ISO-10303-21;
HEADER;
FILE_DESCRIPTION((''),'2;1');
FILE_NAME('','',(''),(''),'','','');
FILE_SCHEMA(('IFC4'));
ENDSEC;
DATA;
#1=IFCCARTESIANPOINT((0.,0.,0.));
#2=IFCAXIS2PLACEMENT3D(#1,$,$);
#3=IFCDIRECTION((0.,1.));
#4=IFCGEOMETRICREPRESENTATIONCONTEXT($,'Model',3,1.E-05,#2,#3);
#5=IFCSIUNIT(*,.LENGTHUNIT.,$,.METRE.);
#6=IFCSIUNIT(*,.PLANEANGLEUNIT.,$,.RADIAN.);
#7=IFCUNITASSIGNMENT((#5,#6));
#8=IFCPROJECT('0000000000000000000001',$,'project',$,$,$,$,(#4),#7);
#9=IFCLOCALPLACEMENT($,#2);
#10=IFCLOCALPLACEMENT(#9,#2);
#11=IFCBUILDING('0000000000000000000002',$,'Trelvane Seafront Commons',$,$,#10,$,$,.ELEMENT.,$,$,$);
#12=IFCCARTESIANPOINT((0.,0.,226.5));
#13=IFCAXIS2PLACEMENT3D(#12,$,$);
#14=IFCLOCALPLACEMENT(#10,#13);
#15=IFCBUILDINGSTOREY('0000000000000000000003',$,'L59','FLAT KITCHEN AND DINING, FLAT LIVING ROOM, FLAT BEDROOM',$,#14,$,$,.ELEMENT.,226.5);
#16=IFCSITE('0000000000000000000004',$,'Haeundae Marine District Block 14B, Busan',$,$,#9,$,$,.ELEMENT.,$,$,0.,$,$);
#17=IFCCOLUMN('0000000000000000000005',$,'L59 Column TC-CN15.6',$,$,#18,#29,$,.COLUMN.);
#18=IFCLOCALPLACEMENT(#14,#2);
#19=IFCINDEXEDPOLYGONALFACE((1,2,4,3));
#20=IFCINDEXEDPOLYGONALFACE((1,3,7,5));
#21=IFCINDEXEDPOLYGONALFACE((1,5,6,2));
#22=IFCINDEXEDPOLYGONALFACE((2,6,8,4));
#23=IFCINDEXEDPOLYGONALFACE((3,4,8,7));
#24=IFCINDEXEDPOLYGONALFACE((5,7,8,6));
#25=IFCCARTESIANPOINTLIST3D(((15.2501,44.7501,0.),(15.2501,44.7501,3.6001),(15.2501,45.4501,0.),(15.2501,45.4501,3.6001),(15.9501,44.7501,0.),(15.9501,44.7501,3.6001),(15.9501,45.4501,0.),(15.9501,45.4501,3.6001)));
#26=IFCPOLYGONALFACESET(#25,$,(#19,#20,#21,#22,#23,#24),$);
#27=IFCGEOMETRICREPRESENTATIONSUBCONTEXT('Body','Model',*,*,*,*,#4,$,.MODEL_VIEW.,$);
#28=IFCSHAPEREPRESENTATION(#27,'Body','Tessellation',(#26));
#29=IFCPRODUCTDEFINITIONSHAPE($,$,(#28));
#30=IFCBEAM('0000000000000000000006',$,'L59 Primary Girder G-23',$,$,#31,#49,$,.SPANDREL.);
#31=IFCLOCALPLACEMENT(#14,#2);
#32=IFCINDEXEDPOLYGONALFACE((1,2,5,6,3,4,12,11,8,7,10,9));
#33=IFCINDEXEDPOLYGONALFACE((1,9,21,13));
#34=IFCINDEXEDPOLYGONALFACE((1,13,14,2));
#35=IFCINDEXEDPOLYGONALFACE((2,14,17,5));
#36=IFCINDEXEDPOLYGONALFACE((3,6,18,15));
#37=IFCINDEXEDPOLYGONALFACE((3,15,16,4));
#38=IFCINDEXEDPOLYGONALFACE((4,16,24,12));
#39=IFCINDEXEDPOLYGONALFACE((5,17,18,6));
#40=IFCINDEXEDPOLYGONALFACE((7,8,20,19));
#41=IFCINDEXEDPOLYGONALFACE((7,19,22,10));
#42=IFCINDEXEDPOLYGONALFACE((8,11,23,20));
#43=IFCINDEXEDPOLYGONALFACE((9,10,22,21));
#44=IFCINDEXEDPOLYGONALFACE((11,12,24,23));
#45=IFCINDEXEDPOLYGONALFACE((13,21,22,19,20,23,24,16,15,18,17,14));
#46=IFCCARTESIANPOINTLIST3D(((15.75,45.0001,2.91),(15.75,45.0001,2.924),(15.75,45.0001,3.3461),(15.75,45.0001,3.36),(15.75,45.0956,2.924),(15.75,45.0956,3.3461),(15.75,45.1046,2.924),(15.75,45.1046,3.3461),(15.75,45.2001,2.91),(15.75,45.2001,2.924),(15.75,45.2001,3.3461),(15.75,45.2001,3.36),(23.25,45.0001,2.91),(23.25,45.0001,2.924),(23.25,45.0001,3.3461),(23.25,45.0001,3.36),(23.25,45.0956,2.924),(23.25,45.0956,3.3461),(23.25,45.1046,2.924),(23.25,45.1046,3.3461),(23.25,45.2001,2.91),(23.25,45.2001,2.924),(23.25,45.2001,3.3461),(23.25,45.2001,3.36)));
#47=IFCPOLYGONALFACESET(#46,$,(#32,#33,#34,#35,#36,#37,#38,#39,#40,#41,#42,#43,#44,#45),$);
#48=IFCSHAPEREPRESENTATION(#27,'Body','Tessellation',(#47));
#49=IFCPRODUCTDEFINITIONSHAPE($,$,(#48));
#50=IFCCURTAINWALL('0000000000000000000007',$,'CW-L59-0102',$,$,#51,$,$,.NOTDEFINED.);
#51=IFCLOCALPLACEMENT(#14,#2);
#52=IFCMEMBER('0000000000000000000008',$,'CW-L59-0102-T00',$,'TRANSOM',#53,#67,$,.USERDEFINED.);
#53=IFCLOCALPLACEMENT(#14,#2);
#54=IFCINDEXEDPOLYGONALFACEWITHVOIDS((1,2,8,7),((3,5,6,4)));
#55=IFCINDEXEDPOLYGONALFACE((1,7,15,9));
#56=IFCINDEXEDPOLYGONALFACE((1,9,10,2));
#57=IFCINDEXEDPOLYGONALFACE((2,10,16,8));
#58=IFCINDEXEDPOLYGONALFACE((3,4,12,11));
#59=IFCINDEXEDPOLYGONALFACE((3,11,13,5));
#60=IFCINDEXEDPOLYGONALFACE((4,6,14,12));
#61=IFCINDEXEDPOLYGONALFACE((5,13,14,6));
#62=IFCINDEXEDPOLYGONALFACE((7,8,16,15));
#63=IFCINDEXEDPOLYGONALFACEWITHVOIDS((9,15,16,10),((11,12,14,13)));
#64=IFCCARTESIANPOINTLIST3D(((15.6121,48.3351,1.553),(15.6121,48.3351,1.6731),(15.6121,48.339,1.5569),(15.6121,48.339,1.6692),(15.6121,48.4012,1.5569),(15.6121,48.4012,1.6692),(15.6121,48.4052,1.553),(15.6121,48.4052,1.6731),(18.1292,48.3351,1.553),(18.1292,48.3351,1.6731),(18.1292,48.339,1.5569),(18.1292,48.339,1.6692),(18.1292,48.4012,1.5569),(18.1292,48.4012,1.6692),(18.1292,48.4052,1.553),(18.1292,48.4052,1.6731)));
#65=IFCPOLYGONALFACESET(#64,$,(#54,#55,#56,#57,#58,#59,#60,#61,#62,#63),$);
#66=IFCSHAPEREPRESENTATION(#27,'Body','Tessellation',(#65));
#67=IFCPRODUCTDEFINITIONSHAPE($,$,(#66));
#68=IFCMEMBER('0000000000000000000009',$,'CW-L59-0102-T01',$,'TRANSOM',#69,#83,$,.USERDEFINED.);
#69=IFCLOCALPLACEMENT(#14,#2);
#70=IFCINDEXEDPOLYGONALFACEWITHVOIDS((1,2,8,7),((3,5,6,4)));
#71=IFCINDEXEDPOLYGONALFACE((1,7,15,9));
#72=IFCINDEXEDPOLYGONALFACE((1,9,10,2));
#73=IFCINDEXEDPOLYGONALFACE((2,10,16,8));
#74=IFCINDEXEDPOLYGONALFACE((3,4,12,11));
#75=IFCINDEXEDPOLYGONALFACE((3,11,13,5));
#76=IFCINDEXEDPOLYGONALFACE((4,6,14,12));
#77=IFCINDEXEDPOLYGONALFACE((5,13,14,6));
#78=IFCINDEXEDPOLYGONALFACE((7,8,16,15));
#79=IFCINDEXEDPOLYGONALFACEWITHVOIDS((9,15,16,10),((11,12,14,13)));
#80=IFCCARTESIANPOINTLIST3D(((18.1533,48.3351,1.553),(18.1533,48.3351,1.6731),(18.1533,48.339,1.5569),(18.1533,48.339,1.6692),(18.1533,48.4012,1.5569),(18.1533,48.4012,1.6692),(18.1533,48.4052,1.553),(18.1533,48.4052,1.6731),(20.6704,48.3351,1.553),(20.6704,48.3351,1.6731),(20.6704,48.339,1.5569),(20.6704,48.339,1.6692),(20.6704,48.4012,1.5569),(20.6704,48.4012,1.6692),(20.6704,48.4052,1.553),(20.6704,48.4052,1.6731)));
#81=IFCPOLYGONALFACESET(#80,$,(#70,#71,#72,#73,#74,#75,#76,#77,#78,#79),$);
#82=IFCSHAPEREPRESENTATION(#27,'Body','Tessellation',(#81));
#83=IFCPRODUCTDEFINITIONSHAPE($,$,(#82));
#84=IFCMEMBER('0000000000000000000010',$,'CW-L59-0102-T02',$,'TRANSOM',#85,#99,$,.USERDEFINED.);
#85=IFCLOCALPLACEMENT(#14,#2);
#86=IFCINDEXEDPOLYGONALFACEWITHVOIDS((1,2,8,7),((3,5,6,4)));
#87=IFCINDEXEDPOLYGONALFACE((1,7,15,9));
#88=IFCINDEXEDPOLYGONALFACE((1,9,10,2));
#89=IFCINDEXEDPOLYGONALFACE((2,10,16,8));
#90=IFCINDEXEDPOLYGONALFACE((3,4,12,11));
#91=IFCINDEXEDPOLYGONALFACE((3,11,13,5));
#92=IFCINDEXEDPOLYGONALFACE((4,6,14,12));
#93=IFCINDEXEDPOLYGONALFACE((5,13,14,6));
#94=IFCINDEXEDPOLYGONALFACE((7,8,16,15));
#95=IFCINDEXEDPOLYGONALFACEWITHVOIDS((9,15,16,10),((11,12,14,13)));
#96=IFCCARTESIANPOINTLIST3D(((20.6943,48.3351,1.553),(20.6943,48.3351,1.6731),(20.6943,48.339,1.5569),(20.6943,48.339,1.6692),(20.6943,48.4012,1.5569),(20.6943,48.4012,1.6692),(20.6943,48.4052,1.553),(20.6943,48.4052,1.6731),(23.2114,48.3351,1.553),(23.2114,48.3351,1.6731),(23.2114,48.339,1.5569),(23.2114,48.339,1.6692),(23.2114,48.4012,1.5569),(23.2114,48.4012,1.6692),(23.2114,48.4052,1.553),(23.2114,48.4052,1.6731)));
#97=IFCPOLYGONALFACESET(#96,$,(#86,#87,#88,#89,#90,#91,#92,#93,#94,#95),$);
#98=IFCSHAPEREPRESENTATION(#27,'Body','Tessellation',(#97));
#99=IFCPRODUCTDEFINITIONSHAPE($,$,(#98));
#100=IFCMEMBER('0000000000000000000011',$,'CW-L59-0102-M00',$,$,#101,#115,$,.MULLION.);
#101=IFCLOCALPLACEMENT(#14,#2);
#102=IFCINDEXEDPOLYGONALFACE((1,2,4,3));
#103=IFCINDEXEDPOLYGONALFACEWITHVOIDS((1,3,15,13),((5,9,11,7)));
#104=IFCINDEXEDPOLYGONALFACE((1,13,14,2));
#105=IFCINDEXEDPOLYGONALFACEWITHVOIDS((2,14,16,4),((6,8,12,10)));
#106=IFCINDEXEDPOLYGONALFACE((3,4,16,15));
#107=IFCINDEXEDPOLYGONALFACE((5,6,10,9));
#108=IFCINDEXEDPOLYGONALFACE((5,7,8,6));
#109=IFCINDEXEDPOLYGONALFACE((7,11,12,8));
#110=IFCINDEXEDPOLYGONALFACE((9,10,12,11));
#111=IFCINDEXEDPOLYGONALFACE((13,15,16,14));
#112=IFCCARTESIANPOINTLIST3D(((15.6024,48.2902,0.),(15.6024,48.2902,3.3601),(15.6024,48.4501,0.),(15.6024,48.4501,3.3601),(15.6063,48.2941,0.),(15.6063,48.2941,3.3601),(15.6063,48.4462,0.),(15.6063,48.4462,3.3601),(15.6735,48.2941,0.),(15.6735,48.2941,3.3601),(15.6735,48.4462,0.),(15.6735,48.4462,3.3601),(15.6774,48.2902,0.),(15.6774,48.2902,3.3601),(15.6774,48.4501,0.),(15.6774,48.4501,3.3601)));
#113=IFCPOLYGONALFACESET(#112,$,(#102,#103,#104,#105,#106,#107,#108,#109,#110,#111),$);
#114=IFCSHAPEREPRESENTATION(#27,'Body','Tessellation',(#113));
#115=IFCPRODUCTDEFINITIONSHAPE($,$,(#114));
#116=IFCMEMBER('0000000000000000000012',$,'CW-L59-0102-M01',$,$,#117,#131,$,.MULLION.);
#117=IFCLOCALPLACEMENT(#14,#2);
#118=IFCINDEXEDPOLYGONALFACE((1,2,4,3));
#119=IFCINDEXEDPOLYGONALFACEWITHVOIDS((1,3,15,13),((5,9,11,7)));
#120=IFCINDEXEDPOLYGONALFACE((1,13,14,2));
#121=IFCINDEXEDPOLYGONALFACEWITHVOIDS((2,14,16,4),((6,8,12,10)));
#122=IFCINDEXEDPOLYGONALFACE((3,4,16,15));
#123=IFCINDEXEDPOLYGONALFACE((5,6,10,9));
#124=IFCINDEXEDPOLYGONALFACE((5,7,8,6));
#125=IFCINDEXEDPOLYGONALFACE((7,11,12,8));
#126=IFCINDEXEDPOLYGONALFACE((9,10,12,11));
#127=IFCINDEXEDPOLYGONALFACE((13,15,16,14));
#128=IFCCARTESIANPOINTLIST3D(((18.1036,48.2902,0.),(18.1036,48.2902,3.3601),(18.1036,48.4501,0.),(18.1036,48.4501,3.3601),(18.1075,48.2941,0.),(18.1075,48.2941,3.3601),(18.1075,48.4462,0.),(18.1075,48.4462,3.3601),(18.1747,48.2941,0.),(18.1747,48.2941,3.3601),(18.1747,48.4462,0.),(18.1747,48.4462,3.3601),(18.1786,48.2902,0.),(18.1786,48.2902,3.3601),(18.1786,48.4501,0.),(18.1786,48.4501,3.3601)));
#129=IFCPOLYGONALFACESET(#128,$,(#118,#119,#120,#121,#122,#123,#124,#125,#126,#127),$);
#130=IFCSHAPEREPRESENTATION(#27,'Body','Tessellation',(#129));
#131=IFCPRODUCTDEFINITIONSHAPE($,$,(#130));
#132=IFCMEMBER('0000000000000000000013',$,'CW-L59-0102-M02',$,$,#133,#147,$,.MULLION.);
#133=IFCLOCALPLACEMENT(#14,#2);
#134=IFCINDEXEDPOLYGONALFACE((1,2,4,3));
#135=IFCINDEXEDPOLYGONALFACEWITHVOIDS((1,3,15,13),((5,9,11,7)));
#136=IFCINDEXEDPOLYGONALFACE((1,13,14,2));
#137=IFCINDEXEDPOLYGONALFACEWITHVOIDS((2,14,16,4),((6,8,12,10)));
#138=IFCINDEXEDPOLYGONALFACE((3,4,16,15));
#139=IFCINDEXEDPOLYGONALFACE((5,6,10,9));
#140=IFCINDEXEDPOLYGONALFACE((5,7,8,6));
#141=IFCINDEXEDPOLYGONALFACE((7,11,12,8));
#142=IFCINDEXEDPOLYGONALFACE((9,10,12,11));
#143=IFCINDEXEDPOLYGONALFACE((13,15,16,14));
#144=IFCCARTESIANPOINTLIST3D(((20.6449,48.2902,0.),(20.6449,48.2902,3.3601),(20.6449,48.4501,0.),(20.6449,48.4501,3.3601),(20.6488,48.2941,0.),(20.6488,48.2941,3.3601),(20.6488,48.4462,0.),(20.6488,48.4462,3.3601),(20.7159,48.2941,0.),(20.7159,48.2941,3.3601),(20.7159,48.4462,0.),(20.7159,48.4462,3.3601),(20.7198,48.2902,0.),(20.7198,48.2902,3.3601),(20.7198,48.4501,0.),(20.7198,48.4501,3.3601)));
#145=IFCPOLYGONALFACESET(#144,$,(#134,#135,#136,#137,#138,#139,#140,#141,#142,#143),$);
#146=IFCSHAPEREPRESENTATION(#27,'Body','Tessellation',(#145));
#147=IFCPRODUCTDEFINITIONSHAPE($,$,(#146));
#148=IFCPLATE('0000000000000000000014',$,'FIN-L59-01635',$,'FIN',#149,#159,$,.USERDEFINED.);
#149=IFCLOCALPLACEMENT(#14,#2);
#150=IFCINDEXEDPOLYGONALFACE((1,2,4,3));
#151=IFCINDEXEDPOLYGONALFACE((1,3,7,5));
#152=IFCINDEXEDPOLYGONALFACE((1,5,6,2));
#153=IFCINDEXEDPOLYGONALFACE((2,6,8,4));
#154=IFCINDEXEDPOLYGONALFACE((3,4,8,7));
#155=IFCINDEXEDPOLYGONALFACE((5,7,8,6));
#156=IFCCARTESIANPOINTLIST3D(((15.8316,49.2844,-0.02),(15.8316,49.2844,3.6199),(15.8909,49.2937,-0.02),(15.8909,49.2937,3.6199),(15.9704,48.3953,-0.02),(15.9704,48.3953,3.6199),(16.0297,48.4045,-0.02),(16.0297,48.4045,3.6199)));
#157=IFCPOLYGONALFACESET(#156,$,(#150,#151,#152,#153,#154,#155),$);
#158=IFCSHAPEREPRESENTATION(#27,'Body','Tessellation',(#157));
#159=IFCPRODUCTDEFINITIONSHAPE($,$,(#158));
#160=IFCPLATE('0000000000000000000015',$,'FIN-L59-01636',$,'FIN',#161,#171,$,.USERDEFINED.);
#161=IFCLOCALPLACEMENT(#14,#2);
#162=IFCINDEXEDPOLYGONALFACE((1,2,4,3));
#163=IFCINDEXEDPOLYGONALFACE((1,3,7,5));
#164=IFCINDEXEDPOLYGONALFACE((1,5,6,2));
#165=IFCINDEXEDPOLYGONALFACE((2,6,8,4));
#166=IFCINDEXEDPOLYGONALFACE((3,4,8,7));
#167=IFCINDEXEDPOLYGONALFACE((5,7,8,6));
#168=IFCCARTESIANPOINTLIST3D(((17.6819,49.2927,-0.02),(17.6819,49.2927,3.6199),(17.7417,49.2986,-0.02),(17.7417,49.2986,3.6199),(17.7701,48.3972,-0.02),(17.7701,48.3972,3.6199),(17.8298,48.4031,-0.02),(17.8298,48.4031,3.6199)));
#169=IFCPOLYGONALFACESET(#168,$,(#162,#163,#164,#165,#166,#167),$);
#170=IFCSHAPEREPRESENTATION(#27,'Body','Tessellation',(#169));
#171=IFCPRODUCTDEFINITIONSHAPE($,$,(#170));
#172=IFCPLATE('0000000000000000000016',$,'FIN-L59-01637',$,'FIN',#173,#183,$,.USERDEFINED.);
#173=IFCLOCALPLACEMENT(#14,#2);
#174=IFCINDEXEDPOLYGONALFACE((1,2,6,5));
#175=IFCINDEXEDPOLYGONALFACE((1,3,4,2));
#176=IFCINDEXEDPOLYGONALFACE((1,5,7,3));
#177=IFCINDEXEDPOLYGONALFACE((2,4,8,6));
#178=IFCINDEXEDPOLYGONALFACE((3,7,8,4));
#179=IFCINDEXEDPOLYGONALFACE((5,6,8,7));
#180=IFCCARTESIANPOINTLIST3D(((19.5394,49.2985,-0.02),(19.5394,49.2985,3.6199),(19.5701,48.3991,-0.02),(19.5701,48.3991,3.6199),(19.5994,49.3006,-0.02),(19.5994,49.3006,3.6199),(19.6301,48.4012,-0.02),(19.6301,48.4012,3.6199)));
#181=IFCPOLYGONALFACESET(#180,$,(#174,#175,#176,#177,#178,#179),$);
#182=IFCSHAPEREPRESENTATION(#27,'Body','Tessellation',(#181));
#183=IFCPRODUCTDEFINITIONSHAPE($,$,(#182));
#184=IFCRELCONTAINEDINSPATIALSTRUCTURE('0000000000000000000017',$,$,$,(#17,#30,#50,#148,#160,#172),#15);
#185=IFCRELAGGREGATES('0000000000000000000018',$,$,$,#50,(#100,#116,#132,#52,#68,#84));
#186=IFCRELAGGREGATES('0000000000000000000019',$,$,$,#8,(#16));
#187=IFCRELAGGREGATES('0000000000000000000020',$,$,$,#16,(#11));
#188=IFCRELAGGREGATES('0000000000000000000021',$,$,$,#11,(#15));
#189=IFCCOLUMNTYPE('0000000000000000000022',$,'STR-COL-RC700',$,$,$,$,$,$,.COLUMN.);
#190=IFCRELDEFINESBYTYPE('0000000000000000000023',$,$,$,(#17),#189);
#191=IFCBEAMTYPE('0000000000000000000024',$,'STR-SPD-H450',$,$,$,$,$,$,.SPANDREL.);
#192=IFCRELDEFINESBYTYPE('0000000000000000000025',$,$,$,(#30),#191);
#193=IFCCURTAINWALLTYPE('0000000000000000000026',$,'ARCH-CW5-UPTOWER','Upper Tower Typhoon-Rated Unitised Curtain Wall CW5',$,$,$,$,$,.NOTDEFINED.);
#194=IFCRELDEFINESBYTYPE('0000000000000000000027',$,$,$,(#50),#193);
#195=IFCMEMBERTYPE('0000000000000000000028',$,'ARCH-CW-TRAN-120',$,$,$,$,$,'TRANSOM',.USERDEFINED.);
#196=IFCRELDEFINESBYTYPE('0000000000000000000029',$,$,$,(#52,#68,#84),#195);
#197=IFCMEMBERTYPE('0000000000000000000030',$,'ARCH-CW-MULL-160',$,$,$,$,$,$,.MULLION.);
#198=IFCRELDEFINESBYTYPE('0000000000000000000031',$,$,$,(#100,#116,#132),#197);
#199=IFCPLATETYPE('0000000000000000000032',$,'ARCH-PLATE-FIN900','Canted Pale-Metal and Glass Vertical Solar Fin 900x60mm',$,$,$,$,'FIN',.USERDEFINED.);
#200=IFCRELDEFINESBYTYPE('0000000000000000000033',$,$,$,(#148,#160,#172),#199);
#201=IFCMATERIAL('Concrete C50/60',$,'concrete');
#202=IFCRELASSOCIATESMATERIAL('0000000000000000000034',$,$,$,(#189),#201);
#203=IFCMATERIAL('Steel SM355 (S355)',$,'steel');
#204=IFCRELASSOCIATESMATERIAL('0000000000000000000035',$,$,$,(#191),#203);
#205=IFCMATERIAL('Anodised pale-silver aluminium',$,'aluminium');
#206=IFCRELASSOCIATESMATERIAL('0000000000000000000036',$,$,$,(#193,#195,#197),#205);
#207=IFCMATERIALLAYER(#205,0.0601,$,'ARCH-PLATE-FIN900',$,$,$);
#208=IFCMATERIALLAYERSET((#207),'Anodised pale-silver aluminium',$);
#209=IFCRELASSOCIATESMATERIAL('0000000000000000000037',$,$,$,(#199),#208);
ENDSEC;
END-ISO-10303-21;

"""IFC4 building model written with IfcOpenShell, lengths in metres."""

from ifc_helpers import new_model, si_unit, direction, frame, origin, origin_2d, place, context, subcontext, project, spatial, rectangle, hollow_rectangle, i_section, extrude, source, transform, mapped, material, layer, layer_set, material_profile, profile_set, type_object, element, aggregate, save


model = new_model("IFC4")

# Units and contexts
model_context = context("Model", 3, precision=1e-05, world=origin(), true_north=direction((0.0, 1.0)))
body_context = subcontext(model_context, "Body", "Model", "MODEL_VIEW")
ifc_project = project(units=[si_unit("LENGTHUNIT", "METRE"), si_unit("PLANEANGLEUNIT", "RADIAN")], contexts=[model_context])

# Site, building, storey
site_placement = place(None, origin())
site = spatial("IfcSite", under=ifc_project, at=site_placement, Name="Haeundae Marine District Block 14B, Busan", CompositionType="ELEMENT", RefElevation=0.0)
building_placement = place(site_placement, origin())
building = spatial("IfcBuilding", under=site, at=building_placement, Name="Trelvane Seafront Commons", CompositionType="ELEMENT")
storey_placement = place(building_placement, frame((0.0, 0.0, 226.5)))
storey = spatial("IfcBuildingStorey", under=building, at=storey_placement, Name="L59", Description="FLAT KITCHEN AND DINING, FLAT LIVING ROOM, FLAT BEDROOM", CompositionType="ELEMENT", Elevation=226.5)

# Column
ifc_material_1 = material(Name="Concrete C50/60", Category="concrete")
ifc_material_profile_1 = material_profile(ifc_material_1, rectangle(XDim=0.7, YDim=0.7, at=origin_2d()), Name="RC-700x700")
ifc_profile_set_1 = profile_set([ifc_material_profile_1], Name="Concrete C50/60")
column_type = type_object("IfcColumnType", Name="STR-COL-RC700", PredefinedType="COLUMN", material=ifc_profile_set_1)
shared_shape_1 = source(origin(), body_context, "Body", "SweptSolid", [
    extrude(rectangle(XDim=0.7, YDim=0.7, at=origin_2d()), origin(), (0.0, 0.0, 1.0), 3.6001),
])
column_placement = place(storey_placement, frame((15.6001, 45.1001, 0.0), z_axis=(0.0, 0.0, 1.0), x_axis=(1.0, 0.0, 0.0)))
element("IfcColumn", 1, at=column_placement, inside=storey, type_object=column_type, Name="L59 Column TC-CN15.6", PredefinedType="COLUMN", context=body_context, shape_type="MappedRepresentation", body=[
    mapped(shared_shape_1, transform((0.0, 0.0, 0.0), x_axis=(1.0, 0.0, 0.0), y_axis=(0.0, 1.0, 0.0), z_axis=(0.0, 0.0, 1.0), scale=1.0)),
])

# Beam
ifc_material_2 = material(Name="Steel SM355 (S355)", Category="steel")
ifc_material_profile_2 = material_profile(ifc_material_2, i_section(OverallWidth=0.2, OverallDepth=0.45, WebThickness=0.009, FlangeThickness=0.0139, at=origin_2d()), Name="H-450x200x9x14")
ifc_profile_set_2 = profile_set([ifc_material_profile_2], Name="Steel SM355 (S355)")
beam_type = type_object("IfcBeamType", Name="STR-SPD-H450", PredefinedType="SPANDREL", material=ifc_profile_set_2)
shared_shape_2 = source(origin(), body_context, "Body", "SweptSolid", [
    extrude(i_section(OverallWidth=0.2, OverallDepth=0.45, WebThickness=0.009, FlangeThickness=0.0139, at=origin_2d()), origin(), (0.0, 0.0, 1.0), 7.5),
])
beam_placement = place(storey_placement, frame((15.75, 45.1001, 3.135), z_axis=(1.0, 0.0, 0.0), x_axis=(0.0, 1.0, 0.0)))
element("IfcBeam", 2, at=beam_placement, inside=storey, type_object=beam_type, Name="L59 Primary Girder G-23", PredefinedType="SPANDREL", context=body_context, shape_type="MappedRepresentation", body=[
    mapped(shared_shape_2, transform((0.0, 0.0, 0.0), x_axis=(1.0, 0.0, 0.0), y_axis=(0.0, 1.0, 0.0), z_axis=(0.0, 0.0, 1.0), scale=1.0)),
])

# Curtain wall, members
ifc_material_3 = material(Name="Anodised pale-silver aluminium", Category="aluminium")
curtain_wall_type = type_object("IfcCurtainWallType", Name="ARCH-CW5-UPTOWER", Description="Upper Tower Typhoon-Rated Unitised Curtain Wall CW5", PredefinedType="NOTDEFINED", material=ifc_material_3)
curtain_wall_placement = place(storey_placement, origin())
curtain_wall = element("IfcCurtainWall", 3, at=curtain_wall_placement, inside=storey, type_object=curtain_wall_type, Name="CW-L59-0102", PredefinedType="NOTDEFINED")
ifc_material_profile_3 = material_profile(ifc_material_3, hollow_rectangle(XDim=0.0701, YDim=0.1201, WallThickness=0.0039, at=origin_2d()), Name="TRAN-70x120x4")
ifc_profile_set_3 = profile_set([ifc_material_profile_3], Name="Anodised pale-silver aluminium")
member_type_1 = type_object("IfcMemberType", Name="ARCH-CW-TRAN-120", ElementType="TRANSOM", PredefinedType="USERDEFINED", material=ifc_profile_set_3)
shared_shape_3 = source(origin(), body_context, "Body", "SweptSolid", [
    extrude(hollow_rectangle(XDim=0.0701, YDim=0.1201, WallThickness=0.0039, at=origin_2d()), origin(), (0.0, 0.0, 1.0), 2.5171),
])
member_1_placement = place(storey_placement, frame((15.6121, 48.3701, 1.613), z_axis=(1.0, 0.0, 0.0), x_axis=(0.0, 1.0, 0.0)))
member_1 = element("IfcMember", 4, at=member_1_placement, type_object=member_type_1, Name="CW-L59-0102-T00", ObjectType="TRANSOM", PredefinedType="USERDEFINED", context=body_context, shape_type="MappedRepresentation", body=[
    mapped(shared_shape_3, transform((0.0, 0.0, 0.0), x_axis=(1.0, 0.0, 0.0), y_axis=(0.0, 1.0, 0.0), z_axis=(0.0, 0.0, 1.0), scale=1.0)),
])
member_2_placement = place(storey_placement, frame((18.1533, 48.3701, 1.613), z_axis=(1.0, 0.0, 0.0), x_axis=(0.0, 1.0, 0.0)))
member_2 = element("IfcMember", 5, at=member_2_placement, type_object=member_type_1, Name="CW-L59-0102-T01", ObjectType="TRANSOM", PredefinedType="USERDEFINED", context=body_context, shape_type="MappedRepresentation", body=[
    mapped(shared_shape_3, transform((0.0, 0.0, 0.0), x_axis=(1.0, 0.0, 0.0), y_axis=(0.0, 1.0, 0.0), z_axis=(0.0, 0.0, 1.0), scale=1.0)),
])
member_3_placement = place(storey_placement, frame((20.6943, 48.3701, 1.613), z_axis=(1.0, 0.0, 0.0), x_axis=(0.0, 1.0, 0.0)))
member_3 = element("IfcMember", 6, at=member_3_placement, type_object=member_type_1, Name="CW-L59-0102-T02", ObjectType="TRANSOM", PredefinedType="USERDEFINED", context=body_context, shape_type="MappedRepresentation", body=[
    mapped(shared_shape_3, transform((0.0, 0.0, 0.0), x_axis=(1.0, 0.0, 0.0), y_axis=(0.0, 1.0, 0.0), z_axis=(0.0, 0.0, 1.0), scale=1.0)),
])
ifc_material_profile_4 = material_profile(ifc_material_3, hollow_rectangle(XDim=0.075, YDim=0.1599, WallThickness=0.0039, at=origin_2d()), Name="MULL-75x160x4")
ifc_profile_set_4 = profile_set([ifc_material_profile_4], Name="Anodised pale-silver aluminium")
member_type_2 = type_object("IfcMemberType", Name="ARCH-CW-MULL-160", PredefinedType="MULLION", material=ifc_profile_set_4)
shared_shape_4 = source(origin(), body_context, "Body", "SweptSolid", [
    extrude(hollow_rectangle(XDim=0.075, YDim=0.1599, WallThickness=0.0039, at=origin_2d()), origin(), (0.0, 0.0, 1.0), 3.3601),
])
member_4_placement = place(storey_placement, frame((15.6399, 48.3701, 0.0), z_axis=(0.0, 0.0, 1.0), x_axis=(1.0, 0.0, 0.0)))
member_4 = element("IfcMember", 7, at=member_4_placement, type_object=member_type_2, Name="CW-L59-0102-M00", PredefinedType="MULLION", context=body_context, shape_type="MappedRepresentation", body=[
    mapped(shared_shape_4, transform((0.0, 0.0, 0.0), x_axis=(1.0, 0.0, 0.0), y_axis=(0.0, 1.0, 0.0), z_axis=(0.0, 0.0, 1.0), scale=1.0)),
])
member_5_placement = place(storey_placement, frame((18.1411, 48.3701, 0.0), z_axis=(0.0, 0.0, 1.0), x_axis=(1.0, 0.0, 0.0)))
member_5 = element("IfcMember", 8, at=member_5_placement, type_object=member_type_2, Name="CW-L59-0102-M01", PredefinedType="MULLION", context=body_context, shape_type="MappedRepresentation", body=[
    mapped(shared_shape_4, transform((0.0, 0.0, 0.0), x_axis=(1.0, 0.0, 0.0), y_axis=(0.0, 1.0, 0.0), z_axis=(0.0, 0.0, 1.0), scale=1.0)),
])
member_6_placement = place(storey_placement, frame((20.6824, 48.3701, 0.0), z_axis=(0.0, 0.0, 1.0), x_axis=(1.0, 0.0, 0.0)))
member_6 = element("IfcMember", 9, at=member_6_placement, type_object=member_type_2, Name="CW-L59-0102-M02", PredefinedType="MULLION", context=body_context, shape_type="MappedRepresentation", body=[
    mapped(shared_shape_4, transform((0.0, 0.0, 0.0), x_axis=(1.0, 0.0, 0.0), y_axis=(0.0, 1.0, 0.0), z_axis=(0.0, 0.0, 1.0), scale=1.0)),
])

# Plates
ifc_layer_1 = layer(ifc_material_3, 0.0601, Name="ARCH-PLATE-FIN900")
ifc_layer_set_1 = layer_set([ifc_layer_1], Name="Anodised pale-silver aluminium")
plate_type_1 = type_object("IfcPlateType", Name="ARCH-PLATE-FIN900", Description="Canted Pale-Metal and Glass Vertical Solar Fin 900x60mm", ElementType="FIN", PredefinedType="USERDEFINED", material=ifc_layer_set_1)
shared_shape_5 = source(origin(), body_context, "Body", "SweptSolid", [
    extrude(rectangle(XDim=0.8999, YDim=0.0601, at=origin_2d()), origin(), (0.0, 0.0, 1.0), 3.6399),
])
for number, where, z_axis, x_axis, name in (
    (10, (15.9307, 48.8445, -0.02), (0.0, 0.0, 1.0), (-0.154228, 0.988035, 0.0), "FIN-L59-01635"),
    (11, (17.7559, 48.8479, -0.02), (0.0, 0.0, 1.0), (-0.097996, 0.995187, 0.0), "FIN-L59-01636"),
    (12, (19.5847, 48.8499, -0.02), (0.0, 0.0, 1.0), (-0.034111, 0.999418, 0.0), "FIN-L59-01637"),
):
    element("IfcPlate", number, at=place(storey_placement, frame(where, z_axis=z_axis, x_axis=x_axis)), inside=storey, type_object=plate_type_1, Name=name, ObjectType="FIN", PredefinedType="USERDEFINED", context=body_context, shape_type="MappedRepresentation", body=[
        mapped(shared_shape_5, transform((0.0, 0.0, 0.0), x_axis=(1.0, 0.0, 0.0), y_axis=(0.0, 1.0, 0.0), z_axis=(0.0, 0.0, 1.0), scale=1.0)),
    ])

aggregate(curtain_wall, [member_4, member_5, member_6, member_1, member_2, member_3])

save(model, "model.ifc")
